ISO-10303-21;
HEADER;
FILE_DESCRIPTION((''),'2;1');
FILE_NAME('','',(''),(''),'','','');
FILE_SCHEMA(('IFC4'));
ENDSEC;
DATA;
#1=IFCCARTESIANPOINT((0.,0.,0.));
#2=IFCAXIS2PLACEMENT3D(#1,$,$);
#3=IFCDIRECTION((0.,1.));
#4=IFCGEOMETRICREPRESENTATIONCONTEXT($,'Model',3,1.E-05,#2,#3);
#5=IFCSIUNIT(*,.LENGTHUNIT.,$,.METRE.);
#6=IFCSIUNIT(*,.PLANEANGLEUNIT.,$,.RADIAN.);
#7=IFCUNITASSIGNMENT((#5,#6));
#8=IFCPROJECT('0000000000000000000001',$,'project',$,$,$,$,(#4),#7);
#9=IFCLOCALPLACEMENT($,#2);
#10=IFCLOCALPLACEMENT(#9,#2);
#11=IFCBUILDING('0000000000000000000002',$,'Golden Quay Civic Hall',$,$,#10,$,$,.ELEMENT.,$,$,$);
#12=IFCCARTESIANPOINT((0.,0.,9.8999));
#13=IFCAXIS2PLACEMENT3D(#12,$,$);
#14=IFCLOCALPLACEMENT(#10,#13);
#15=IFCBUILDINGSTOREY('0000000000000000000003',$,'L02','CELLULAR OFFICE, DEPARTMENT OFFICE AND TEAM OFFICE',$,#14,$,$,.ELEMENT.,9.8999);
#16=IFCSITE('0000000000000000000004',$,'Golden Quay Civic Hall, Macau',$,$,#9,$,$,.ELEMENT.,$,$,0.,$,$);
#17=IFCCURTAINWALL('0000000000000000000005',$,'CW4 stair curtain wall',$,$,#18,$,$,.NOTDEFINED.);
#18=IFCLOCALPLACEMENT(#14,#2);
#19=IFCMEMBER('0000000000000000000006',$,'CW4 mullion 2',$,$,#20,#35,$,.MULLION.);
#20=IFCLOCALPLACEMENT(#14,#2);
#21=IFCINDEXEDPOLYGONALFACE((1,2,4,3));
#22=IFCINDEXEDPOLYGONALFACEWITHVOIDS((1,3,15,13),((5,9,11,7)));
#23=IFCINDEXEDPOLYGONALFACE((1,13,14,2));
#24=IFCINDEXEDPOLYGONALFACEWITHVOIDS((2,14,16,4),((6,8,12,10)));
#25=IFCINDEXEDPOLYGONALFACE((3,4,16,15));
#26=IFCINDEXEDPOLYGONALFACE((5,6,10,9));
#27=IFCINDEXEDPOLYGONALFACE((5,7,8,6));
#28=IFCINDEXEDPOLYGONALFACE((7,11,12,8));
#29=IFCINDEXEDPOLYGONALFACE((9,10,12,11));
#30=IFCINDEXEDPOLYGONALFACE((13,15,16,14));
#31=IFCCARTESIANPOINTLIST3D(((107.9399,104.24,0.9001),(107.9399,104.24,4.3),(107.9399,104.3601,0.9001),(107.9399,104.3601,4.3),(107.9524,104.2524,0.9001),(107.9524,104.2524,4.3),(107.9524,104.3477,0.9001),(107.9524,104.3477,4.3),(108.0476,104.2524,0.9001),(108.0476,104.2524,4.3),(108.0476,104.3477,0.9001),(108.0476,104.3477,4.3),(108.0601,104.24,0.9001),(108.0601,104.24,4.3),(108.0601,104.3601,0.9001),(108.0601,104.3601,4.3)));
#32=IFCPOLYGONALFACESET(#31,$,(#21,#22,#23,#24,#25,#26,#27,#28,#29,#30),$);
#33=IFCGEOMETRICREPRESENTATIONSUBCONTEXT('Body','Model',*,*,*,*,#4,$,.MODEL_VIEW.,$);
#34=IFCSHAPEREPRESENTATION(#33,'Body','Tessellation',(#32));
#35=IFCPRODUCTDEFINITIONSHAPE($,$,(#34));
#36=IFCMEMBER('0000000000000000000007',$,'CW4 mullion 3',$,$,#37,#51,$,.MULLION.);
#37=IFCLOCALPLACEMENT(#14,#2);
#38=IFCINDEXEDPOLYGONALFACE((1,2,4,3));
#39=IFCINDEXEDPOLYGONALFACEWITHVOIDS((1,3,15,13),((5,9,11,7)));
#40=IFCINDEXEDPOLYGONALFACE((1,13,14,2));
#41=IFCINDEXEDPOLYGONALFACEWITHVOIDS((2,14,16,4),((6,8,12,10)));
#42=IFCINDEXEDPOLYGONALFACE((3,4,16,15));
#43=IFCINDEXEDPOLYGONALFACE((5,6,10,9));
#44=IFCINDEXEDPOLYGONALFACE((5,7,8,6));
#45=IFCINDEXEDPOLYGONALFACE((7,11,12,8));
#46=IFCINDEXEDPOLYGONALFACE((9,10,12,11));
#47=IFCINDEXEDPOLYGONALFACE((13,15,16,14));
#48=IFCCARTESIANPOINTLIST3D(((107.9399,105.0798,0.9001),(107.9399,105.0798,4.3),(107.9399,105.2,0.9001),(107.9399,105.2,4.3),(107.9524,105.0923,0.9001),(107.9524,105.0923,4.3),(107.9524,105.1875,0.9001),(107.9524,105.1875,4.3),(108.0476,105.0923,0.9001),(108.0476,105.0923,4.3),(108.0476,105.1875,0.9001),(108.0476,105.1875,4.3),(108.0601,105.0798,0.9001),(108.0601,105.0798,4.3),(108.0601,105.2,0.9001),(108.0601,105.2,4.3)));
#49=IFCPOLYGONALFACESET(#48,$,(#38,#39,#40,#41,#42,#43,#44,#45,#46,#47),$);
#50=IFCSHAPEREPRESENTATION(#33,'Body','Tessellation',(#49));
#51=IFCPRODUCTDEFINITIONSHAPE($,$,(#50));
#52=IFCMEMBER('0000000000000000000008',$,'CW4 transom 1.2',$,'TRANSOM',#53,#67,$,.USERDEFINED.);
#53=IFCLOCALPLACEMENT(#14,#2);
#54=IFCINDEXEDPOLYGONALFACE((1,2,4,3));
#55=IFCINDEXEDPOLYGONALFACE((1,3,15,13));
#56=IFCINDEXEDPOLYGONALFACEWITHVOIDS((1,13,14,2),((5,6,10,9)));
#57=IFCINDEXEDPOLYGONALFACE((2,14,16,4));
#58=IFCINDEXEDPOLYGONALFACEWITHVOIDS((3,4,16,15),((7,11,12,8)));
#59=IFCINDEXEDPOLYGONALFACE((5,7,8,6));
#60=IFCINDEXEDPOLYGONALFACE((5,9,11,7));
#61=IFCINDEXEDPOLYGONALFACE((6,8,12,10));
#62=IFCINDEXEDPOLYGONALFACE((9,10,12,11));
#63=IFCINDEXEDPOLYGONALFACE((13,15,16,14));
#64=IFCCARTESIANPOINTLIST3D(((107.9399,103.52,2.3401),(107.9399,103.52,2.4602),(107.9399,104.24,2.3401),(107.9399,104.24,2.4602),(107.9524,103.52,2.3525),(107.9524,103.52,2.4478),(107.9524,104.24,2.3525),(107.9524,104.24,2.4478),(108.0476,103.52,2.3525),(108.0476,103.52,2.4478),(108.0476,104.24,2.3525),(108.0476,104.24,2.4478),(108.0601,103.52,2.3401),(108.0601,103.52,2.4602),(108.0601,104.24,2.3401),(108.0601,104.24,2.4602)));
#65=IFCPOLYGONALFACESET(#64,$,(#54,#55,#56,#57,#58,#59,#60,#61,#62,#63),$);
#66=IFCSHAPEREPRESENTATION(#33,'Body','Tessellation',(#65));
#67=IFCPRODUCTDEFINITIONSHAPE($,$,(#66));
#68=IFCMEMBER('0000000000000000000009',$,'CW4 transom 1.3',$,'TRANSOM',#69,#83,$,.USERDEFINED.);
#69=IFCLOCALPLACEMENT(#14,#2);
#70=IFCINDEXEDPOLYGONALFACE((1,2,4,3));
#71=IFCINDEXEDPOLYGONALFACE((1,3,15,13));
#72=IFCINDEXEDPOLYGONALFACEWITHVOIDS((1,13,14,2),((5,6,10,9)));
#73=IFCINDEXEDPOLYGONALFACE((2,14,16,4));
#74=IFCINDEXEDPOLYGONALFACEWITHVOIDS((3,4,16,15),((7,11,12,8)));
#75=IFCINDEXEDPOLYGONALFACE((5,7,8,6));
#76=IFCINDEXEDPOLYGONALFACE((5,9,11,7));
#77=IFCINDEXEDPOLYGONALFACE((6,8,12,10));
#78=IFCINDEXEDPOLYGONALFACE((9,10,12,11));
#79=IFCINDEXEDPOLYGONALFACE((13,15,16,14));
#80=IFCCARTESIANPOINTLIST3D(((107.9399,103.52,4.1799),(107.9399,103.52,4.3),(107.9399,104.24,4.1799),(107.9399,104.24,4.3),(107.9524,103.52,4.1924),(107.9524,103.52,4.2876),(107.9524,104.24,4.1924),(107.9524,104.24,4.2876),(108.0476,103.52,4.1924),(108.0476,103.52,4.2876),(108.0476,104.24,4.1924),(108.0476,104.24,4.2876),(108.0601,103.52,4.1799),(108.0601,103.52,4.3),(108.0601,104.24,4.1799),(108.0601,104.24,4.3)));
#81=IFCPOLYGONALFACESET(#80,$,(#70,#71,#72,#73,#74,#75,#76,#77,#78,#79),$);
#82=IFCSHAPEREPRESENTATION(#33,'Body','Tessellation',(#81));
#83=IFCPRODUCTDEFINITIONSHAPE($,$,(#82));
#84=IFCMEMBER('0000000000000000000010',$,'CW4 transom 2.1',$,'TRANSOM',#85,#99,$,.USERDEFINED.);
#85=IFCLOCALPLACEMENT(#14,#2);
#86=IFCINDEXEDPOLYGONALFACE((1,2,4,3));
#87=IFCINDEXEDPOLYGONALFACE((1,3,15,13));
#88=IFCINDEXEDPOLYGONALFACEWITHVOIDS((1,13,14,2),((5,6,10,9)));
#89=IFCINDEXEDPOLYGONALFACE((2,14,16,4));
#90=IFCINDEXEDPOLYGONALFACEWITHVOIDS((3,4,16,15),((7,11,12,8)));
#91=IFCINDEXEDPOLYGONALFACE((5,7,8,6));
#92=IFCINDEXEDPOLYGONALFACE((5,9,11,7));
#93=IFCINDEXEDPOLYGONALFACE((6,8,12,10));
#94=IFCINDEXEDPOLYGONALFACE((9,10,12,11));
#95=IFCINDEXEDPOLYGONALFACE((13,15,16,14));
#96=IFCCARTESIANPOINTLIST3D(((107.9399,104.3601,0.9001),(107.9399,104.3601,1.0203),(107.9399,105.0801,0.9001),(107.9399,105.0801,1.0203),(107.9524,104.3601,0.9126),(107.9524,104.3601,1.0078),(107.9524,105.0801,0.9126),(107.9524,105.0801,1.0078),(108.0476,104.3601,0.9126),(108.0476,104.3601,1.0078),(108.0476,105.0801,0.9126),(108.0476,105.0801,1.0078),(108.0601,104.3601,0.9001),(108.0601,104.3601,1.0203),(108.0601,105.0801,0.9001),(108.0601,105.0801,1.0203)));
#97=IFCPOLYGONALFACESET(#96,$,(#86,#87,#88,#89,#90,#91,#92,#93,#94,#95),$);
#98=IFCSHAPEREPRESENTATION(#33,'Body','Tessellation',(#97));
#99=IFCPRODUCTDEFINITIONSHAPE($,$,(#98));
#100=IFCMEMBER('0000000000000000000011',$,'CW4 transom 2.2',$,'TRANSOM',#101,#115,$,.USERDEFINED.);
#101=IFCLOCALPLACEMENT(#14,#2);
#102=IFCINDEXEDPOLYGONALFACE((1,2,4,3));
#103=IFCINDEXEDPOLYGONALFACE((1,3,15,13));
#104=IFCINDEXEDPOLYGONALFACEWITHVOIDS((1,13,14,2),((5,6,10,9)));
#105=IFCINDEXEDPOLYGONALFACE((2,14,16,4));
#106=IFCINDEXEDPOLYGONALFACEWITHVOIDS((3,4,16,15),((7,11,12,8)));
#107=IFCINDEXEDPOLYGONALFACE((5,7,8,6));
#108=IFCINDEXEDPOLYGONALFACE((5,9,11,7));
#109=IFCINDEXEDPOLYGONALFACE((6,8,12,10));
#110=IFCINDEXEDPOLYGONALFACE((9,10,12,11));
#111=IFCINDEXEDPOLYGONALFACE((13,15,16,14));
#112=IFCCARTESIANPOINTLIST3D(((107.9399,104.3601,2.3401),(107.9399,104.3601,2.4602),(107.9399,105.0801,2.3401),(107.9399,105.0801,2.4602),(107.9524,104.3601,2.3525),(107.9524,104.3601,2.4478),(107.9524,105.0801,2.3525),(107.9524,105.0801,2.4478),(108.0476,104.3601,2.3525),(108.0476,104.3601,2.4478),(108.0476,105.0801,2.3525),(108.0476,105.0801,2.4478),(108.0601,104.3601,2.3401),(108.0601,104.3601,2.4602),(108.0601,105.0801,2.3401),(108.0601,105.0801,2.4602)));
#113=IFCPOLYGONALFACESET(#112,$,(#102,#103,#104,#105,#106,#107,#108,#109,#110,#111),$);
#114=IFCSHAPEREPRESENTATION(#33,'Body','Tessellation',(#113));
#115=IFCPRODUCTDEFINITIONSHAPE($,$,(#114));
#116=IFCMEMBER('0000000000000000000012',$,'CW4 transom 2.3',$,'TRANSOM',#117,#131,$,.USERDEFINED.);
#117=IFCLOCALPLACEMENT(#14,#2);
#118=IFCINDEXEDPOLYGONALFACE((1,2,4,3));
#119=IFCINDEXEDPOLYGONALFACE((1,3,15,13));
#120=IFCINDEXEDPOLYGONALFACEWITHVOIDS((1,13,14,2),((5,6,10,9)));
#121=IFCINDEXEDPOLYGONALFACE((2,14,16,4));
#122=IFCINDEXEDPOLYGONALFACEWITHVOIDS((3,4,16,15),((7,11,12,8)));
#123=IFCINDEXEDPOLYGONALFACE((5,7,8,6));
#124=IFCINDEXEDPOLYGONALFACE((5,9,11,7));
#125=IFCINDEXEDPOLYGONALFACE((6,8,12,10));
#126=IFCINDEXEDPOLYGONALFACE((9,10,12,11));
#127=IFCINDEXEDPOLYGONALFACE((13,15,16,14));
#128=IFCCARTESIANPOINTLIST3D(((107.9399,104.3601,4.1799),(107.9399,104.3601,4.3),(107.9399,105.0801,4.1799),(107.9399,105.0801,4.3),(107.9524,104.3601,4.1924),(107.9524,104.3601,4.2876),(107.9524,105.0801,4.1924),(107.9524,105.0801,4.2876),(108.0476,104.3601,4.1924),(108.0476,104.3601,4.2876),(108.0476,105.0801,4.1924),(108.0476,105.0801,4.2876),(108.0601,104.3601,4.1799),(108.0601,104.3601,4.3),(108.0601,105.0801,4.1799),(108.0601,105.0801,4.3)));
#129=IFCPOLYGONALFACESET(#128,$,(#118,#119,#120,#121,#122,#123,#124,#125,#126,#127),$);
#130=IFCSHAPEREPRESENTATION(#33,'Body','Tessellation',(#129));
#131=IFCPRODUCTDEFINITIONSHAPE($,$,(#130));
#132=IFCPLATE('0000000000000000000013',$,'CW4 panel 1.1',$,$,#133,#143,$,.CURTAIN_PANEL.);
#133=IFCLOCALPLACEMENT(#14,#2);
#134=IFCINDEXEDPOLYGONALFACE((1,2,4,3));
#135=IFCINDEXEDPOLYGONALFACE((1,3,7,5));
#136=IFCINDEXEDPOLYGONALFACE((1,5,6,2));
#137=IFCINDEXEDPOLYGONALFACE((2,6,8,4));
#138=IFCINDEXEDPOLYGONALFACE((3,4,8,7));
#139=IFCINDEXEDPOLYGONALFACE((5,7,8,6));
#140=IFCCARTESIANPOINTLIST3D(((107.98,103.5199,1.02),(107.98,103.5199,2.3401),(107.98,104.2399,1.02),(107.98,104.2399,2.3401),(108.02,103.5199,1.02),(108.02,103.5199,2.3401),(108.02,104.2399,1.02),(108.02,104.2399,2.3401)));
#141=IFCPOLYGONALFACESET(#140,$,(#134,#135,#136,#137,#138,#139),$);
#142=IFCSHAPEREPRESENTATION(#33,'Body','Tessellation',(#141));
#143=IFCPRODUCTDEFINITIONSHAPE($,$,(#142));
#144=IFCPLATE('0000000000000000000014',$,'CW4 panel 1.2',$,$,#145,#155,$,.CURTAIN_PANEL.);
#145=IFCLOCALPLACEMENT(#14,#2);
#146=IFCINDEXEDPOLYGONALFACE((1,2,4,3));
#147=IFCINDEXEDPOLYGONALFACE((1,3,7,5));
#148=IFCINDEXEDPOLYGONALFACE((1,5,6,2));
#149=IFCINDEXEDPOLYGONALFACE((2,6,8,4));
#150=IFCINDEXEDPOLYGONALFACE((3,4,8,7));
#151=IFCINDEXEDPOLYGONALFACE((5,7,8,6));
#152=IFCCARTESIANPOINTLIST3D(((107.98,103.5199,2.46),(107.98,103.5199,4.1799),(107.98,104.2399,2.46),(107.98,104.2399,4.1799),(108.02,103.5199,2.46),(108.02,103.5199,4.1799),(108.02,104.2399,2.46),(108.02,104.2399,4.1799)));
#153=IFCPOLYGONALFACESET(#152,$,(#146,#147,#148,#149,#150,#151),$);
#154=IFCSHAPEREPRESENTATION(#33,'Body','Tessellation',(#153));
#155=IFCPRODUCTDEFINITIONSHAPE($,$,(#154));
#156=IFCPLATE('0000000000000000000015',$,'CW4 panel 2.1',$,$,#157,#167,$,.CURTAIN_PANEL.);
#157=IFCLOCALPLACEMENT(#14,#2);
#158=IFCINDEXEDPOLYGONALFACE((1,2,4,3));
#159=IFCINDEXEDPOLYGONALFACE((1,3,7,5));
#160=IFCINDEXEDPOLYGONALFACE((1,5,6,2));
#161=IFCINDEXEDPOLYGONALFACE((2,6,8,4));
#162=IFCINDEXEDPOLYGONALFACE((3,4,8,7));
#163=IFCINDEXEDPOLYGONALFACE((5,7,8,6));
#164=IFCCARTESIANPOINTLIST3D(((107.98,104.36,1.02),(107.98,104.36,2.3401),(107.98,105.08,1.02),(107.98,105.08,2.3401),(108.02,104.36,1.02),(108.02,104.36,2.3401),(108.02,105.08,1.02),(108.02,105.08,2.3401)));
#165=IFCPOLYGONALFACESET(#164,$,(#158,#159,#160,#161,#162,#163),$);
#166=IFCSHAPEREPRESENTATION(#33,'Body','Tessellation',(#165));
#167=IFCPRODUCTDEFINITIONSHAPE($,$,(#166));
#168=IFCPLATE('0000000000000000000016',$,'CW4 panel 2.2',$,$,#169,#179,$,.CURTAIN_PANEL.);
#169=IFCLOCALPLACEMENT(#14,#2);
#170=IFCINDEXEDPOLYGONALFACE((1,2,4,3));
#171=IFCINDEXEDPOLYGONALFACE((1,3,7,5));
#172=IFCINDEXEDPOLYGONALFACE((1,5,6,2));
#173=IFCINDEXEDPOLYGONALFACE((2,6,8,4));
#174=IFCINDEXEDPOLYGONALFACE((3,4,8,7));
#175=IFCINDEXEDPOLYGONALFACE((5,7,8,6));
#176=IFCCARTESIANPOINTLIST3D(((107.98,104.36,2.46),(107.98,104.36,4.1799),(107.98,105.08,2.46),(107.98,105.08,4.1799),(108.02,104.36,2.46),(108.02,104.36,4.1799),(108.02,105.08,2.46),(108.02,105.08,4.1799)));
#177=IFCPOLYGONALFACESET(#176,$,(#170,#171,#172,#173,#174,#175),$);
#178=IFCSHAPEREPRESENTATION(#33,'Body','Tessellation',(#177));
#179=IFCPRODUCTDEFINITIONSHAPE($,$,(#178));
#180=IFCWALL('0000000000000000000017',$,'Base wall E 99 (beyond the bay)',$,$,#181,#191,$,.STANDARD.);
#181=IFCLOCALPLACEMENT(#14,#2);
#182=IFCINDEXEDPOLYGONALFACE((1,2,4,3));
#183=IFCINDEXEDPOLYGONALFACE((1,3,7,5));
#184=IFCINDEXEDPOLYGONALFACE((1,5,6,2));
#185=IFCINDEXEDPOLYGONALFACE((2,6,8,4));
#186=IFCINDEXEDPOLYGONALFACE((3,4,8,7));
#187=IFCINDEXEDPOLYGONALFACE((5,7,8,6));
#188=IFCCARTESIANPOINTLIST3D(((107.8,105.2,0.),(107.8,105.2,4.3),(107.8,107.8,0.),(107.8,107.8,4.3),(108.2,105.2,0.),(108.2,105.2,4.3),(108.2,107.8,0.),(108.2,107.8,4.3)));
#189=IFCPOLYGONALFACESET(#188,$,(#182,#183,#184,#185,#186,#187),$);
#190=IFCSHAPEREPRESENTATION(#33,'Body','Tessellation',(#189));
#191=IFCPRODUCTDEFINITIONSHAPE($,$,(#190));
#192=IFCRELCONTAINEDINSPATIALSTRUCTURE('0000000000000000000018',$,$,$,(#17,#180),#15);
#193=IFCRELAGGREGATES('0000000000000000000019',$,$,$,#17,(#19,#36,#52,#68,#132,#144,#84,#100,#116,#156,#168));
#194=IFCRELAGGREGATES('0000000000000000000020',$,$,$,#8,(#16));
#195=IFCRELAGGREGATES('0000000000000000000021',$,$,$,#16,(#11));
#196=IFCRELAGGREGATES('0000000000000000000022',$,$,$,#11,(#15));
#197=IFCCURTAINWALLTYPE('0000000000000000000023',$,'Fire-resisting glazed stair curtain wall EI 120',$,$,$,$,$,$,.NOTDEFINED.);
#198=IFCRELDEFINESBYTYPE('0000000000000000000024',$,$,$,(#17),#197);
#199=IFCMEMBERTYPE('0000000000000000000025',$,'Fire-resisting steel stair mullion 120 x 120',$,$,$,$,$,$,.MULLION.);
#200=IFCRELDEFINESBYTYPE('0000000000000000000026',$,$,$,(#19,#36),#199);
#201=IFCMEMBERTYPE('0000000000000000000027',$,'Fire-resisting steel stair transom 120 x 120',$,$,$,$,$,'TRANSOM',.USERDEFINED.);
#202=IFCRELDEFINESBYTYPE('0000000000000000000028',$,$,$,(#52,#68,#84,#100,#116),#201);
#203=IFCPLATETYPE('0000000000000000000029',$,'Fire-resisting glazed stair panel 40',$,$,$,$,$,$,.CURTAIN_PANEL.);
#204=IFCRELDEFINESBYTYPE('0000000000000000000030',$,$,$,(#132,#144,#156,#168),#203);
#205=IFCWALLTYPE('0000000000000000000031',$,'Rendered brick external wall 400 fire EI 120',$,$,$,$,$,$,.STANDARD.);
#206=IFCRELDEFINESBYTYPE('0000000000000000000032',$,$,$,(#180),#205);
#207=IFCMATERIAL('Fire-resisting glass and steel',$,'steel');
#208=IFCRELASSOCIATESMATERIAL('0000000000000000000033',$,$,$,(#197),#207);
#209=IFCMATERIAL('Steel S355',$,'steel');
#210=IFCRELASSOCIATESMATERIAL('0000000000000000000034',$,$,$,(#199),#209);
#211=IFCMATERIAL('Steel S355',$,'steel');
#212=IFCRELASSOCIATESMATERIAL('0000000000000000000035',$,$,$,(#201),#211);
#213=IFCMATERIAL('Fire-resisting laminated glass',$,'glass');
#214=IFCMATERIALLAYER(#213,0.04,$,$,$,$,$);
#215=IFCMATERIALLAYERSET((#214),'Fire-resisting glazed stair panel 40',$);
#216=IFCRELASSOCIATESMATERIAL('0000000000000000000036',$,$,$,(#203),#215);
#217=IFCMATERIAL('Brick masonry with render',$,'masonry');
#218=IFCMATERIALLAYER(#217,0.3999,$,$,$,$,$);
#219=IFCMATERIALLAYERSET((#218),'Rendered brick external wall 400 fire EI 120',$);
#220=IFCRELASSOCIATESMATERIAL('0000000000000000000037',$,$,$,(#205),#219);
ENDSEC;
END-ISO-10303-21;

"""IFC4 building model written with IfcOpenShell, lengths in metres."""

from ifc_helpers import new_model, si_unit, direction, frame, frame_2d, origin, origin_2d, place, context, subcontext, project, spatial, rectangle, hollow_rectangle, extrude, material, layer, layer_set, material_profile, profile_set, type_object, element, aggregate, save


model = new_model("IFC4")

# Units and contexts
model_context = context("Model", 3, precision=1e-05, world=origin(), true_north=direction((0.0, 1.0)))
body_context = subcontext(model_context, "Body", "Model", "MODEL_VIEW")
ifc_project = project(units=[si_unit("LENGTHUNIT", "METRE"), si_unit("PLANEANGLEUNIT", "RADIAN")], contexts=[model_context])

# Site, building, storey
site_placement = place(None, origin())
site = spatial("IfcSite", under=ifc_project, at=site_placement, Name="Golden Quay Civic Hall, Macau", CompositionType="ELEMENT", RefElevation=0.0)
building_placement = place(site_placement, origin())
building = spatial("IfcBuilding", under=site, at=building_placement, Name="Golden Quay Civic Hall", CompositionType="ELEMENT")
storey_placement = place(building_placement, frame((0.0, 0.0, 9.8999)))
storey = spatial("IfcBuildingStorey", under=building, at=storey_placement, Name="L02", Description="CELLULAR OFFICE, DEPARTMENT OFFICE AND TEAM OFFICE", CompositionType="ELEMENT", Elevation=9.8999)

# Curtain wall, members, plates
ifc_material_1 = material(Name="Fire-resisting glass and steel", Category="steel")
curtain_wall_type = type_object("IfcCurtainWallType", Name="Fire-resisting glazed stair curtain wall EI 120", PredefinedType="NOTDEFINED", material=ifc_material_1)
curtain_wall_placement = place(storey_placement, origin())
curtain_wall = element("IfcCurtainWall", 1, at=curtain_wall_placement, inside=storey, type_object=curtain_wall_type, Name="CW4 stair curtain wall", PredefinedType="NOTDEFINED")
ifc_material_2 = material(Name="Steel S355", Category="steel")
ifc_material_profile_1 = material_profile(ifc_material_2, hollow_rectangle(XDim=0.1201, YDim=0.1201, WallThickness=0.0125, at=origin_2d()), Name="SHS 120x120x12.5")
ifc_profile_set_1 = profile_set([ifc_material_profile_1], Name="Steel S355")
member_type_1 = type_object("IfcMemberType", Name="Fire-resisting steel stair mullion 120 x 120", PredefinedType="MULLION", material=ifc_profile_set_1)
member_1_placement = place(storey_placement, frame((108.0, 104.3, 0.9001), z_axis=(0.0, 0.0, 1.0), x_axis=(-1.0, 0.0, 0.0)))
member_1 = element("IfcMember", 2, at=member_1_placement, type_object=member_type_1, Name="CW4 mullion 2", PredefinedType="MULLION", context=body_context, shape_type="SweptSolid", body=[
    extrude(hollow_rectangle(XDim=0.1201, YDim=0.1201, WallThickness=0.0125, at=origin_2d()), origin(), (0.0, 0.0, 1.0), 3.3999),
])
member_2_placement = place(storey_placement, frame((108.0, 105.1399, 0.9001), z_axis=(0.0, 0.0, 1.0), x_axis=(-1.0, 0.0, 0.0)))
member_2 = element("IfcMember", 3, at=member_2_placement, type_object=member_type_1, Name="CW4 mullion 3", PredefinedType="MULLION", context=body_context, shape_type="SweptSolid", body=[
    extrude(hollow_rectangle(XDim=0.1201, YDim=0.1201, WallThickness=0.0125, at=origin_2d()), origin(), (0.0, 0.0, 1.0), 3.3999),
])
ifc_material_3 = material(Name="Steel S355", Category="steel")
ifc_material_profile_2 = material_profile(ifc_material_3, hollow_rectangle(XDim=0.1201, YDim=0.1201, WallThickness=0.0125, at=origin_2d()), Name="SHS 120x120x12.5")
ifc_profile_set_2 = profile_set([ifc_material_profile_2], Name="Steel S355")
member_type_2 = type_object("IfcMemberType", Name="Fire-resisting steel stair transom 120 x 120", ElementType="TRANSOM", PredefinedType="USERDEFINED", material=ifc_profile_set_2)
member_3_placement = place(storey_placement, frame((108.0, 103.52, 2.4001), z_axis=(0.0, 1.0, 0.0), x_axis=(-1.0, 0.0, 0.0)))
member_3 = element("IfcMember", 4, at=member_3_placement, type_object=member_type_2, Name="CW4 transom 1.2", ObjectType="TRANSOM", PredefinedType="USERDEFINED", context=body_context, shape_type="SweptSolid", body=[
    extrude(hollow_rectangle(XDim=0.1201, YDim=0.1201, WallThickness=0.0125, at=origin_2d()), origin(), (0.0, 0.0, 1.0), 0.72),
])
member_4_placement = place(storey_placement, frame((108.0, 103.52, 4.24), z_axis=(0.0, 1.0, 0.0), x_axis=(-1.0, 0.0, 0.0)))
member_4 = element("IfcMember", 5, at=member_4_placement, type_object=member_type_2, Name="CW4 transom 1.3", ObjectType="TRANSOM", PredefinedType="USERDEFINED", context=body_context, shape_type="SweptSolid", body=[
    extrude(hollow_rectangle(XDim=0.1201, YDim=0.1201, WallThickness=0.0125, at=origin_2d()), origin(), (0.0, 0.0, 1.0), 0.72),
])
member_5_placement = place(storey_placement, frame((108.0, 104.3601, 0.9602), z_axis=(0.0, 1.0, 0.0), x_axis=(-1.0, 0.0, 0.0)))
member_5 = element("IfcMember", 6, at=member_5_placement, type_object=member_type_2, Name="CW4 transom 2.1", ObjectType="TRANSOM", PredefinedType="USERDEFINED", context=body_context, shape_type="SweptSolid", body=[
    extrude(hollow_rectangle(XDim=0.1201, YDim=0.1201, WallThickness=0.0125, at=origin_2d()), origin(), (0.0, 0.0, 1.0), 0.72),
])
member_6_placement = place(storey_placement, frame((108.0, 104.3601, 2.4001), z_axis=(0.0, 1.0, 0.0), x_axis=(-1.0, 0.0, 0.0)))
member_6 = element("IfcMember", 7, at=member_6_placement, type_object=member_type_2, Name="CW4 transom 2.2", ObjectType="TRANSOM", PredefinedType="USERDEFINED", context=body_context, shape_type="SweptSolid", body=[
    extrude(hollow_rectangle(XDim=0.1201, YDim=0.1201, WallThickness=0.0125, at=origin_2d()), origin(), (0.0, 0.0, 1.0), 0.72),
])
member_7_placement = place(storey_placement, frame((108.0, 104.3601, 4.24), z_axis=(0.0, 1.0, 0.0), x_axis=(-1.0, 0.0, 0.0)))
member_7 = element("IfcMember", 8, at=member_7_placement, type_object=member_type_2, Name="CW4 transom 2.3", ObjectType="TRANSOM", PredefinedType="USERDEFINED", context=body_context, shape_type="SweptSolid", body=[
    extrude(hollow_rectangle(XDim=0.1201, YDim=0.1201, WallThickness=0.0125, at=origin_2d()), origin(), (0.0, 0.0, 1.0), 0.72),
])
ifc_material_4 = material(Name="Fire-resisting laminated glass", Category="glass")
ifc_layer_1 = layer(ifc_material_4, 0.04)
ifc_layer_set_1 = layer_set([ifc_layer_1], Name="Fire-resisting glazed stair panel 40")
plate_type = type_object("IfcPlateType", Name="Fire-resisting glazed stair panel 40", PredefinedType="CURTAIN_PANEL", material=ifc_layer_set_1)
plate_1_placement = place(storey_placement, frame((108.0, 103.8799, 1.02), z_axis=(0.0, 0.0, 1.0), x_axis=(0.0, 1.0, 0.0)))
plate_1 = element("IfcPlate", 9, at=plate_1_placement, type_object=plate_type, Name="CW4 panel 1.1", PredefinedType="CURTAIN_PANEL", context=body_context, shape_type="SweptSolid", body=[
    extrude(rectangle(XDim=0.72, YDim=0.04, at=origin_2d()), origin(), (0.0, 0.0, 1.0), 1.3201),
])
plate_2_placement = place(storey_placement, frame((108.0, 103.8799, 2.46), z_axis=(0.0, 0.0, 1.0), x_axis=(0.0, 1.0, 0.0)))
plate_2 = element("IfcPlate", 10, at=plate_2_placement, type_object=plate_type, Name="CW4 panel 1.2", PredefinedType="CURTAIN_PANEL", context=body_context, shape_type="SweptSolid", body=[
    extrude(rectangle(XDim=0.72, YDim=0.04, at=origin_2d()), origin(), (0.0, 0.0, 1.0), 1.72),
])
plate_3_placement = place(storey_placement, frame((108.0, 104.72, 1.02), z_axis=(0.0, 0.0, 1.0), x_axis=(0.0, 1.0, 0.0)))
plate_3 = element("IfcPlate", 11, at=plate_3_placement, type_object=plate_type, Name="CW4 panel 2.1", PredefinedType="CURTAIN_PANEL", context=body_context, shape_type="SweptSolid", body=[
    extrude(rectangle(XDim=0.72, YDim=0.04, at=origin_2d()), origin(), (0.0, 0.0, 1.0), 1.3201),
])
plate_4_placement = place(storey_placement, frame((108.0, 104.72, 2.46), z_axis=(0.0, 0.0, 1.0), x_axis=(0.0, 1.0, 0.0)))
plate_4 = element("IfcPlate", 12, at=plate_4_placement, type_object=plate_type, Name="CW4 panel 2.2", PredefinedType="CURTAIN_PANEL", context=body_context, shape_type="SweptSolid", body=[
    extrude(rectangle(XDim=0.72, YDim=0.04, at=origin_2d()), origin(), (0.0, 0.0, 1.0), 1.72),
])
aggregate(curtain_wall, [member_1, member_2, member_3, member_4, plate_1, plate_2, member_5, member_6, member_7, plate_3, plate_4])

# Wall
ifc_material_5 = material(Name="Brick masonry with render", Category="masonry")
ifc_layer_2 = layer(ifc_material_5, 0.3999)
ifc_layer_set_2 = layer_set([ifc_layer_2], Name="Rendered brick external wall 400 fire EI 120")
wall_type = type_object("IfcWallType", Name="Rendered brick external wall 400 fire EI 120", PredefinedType="STANDARD", material=ifc_layer_set_2)
wall_placement = place(storey_placement, frame((108.0, 105.2, 0.0), z_axis=(0.0, 0.0, 1.0), x_axis=(0.0, 1.0, 0.0)))
element("IfcWall", 13, at=wall_placement, inside=storey, type_object=wall_type, Name="Base wall E 99 (beyond the bay)", PredefinedType="STANDARD", context=body_context, shape_type="SweptSolid", body=[
    extrude(rectangle(XDim=2.6001, YDim=0.3999, at=frame_2d((1.3, 0.0))), origin(), (0.0, 0.0, 1.0), 4.3),
])

save(model, "model.ifc")
